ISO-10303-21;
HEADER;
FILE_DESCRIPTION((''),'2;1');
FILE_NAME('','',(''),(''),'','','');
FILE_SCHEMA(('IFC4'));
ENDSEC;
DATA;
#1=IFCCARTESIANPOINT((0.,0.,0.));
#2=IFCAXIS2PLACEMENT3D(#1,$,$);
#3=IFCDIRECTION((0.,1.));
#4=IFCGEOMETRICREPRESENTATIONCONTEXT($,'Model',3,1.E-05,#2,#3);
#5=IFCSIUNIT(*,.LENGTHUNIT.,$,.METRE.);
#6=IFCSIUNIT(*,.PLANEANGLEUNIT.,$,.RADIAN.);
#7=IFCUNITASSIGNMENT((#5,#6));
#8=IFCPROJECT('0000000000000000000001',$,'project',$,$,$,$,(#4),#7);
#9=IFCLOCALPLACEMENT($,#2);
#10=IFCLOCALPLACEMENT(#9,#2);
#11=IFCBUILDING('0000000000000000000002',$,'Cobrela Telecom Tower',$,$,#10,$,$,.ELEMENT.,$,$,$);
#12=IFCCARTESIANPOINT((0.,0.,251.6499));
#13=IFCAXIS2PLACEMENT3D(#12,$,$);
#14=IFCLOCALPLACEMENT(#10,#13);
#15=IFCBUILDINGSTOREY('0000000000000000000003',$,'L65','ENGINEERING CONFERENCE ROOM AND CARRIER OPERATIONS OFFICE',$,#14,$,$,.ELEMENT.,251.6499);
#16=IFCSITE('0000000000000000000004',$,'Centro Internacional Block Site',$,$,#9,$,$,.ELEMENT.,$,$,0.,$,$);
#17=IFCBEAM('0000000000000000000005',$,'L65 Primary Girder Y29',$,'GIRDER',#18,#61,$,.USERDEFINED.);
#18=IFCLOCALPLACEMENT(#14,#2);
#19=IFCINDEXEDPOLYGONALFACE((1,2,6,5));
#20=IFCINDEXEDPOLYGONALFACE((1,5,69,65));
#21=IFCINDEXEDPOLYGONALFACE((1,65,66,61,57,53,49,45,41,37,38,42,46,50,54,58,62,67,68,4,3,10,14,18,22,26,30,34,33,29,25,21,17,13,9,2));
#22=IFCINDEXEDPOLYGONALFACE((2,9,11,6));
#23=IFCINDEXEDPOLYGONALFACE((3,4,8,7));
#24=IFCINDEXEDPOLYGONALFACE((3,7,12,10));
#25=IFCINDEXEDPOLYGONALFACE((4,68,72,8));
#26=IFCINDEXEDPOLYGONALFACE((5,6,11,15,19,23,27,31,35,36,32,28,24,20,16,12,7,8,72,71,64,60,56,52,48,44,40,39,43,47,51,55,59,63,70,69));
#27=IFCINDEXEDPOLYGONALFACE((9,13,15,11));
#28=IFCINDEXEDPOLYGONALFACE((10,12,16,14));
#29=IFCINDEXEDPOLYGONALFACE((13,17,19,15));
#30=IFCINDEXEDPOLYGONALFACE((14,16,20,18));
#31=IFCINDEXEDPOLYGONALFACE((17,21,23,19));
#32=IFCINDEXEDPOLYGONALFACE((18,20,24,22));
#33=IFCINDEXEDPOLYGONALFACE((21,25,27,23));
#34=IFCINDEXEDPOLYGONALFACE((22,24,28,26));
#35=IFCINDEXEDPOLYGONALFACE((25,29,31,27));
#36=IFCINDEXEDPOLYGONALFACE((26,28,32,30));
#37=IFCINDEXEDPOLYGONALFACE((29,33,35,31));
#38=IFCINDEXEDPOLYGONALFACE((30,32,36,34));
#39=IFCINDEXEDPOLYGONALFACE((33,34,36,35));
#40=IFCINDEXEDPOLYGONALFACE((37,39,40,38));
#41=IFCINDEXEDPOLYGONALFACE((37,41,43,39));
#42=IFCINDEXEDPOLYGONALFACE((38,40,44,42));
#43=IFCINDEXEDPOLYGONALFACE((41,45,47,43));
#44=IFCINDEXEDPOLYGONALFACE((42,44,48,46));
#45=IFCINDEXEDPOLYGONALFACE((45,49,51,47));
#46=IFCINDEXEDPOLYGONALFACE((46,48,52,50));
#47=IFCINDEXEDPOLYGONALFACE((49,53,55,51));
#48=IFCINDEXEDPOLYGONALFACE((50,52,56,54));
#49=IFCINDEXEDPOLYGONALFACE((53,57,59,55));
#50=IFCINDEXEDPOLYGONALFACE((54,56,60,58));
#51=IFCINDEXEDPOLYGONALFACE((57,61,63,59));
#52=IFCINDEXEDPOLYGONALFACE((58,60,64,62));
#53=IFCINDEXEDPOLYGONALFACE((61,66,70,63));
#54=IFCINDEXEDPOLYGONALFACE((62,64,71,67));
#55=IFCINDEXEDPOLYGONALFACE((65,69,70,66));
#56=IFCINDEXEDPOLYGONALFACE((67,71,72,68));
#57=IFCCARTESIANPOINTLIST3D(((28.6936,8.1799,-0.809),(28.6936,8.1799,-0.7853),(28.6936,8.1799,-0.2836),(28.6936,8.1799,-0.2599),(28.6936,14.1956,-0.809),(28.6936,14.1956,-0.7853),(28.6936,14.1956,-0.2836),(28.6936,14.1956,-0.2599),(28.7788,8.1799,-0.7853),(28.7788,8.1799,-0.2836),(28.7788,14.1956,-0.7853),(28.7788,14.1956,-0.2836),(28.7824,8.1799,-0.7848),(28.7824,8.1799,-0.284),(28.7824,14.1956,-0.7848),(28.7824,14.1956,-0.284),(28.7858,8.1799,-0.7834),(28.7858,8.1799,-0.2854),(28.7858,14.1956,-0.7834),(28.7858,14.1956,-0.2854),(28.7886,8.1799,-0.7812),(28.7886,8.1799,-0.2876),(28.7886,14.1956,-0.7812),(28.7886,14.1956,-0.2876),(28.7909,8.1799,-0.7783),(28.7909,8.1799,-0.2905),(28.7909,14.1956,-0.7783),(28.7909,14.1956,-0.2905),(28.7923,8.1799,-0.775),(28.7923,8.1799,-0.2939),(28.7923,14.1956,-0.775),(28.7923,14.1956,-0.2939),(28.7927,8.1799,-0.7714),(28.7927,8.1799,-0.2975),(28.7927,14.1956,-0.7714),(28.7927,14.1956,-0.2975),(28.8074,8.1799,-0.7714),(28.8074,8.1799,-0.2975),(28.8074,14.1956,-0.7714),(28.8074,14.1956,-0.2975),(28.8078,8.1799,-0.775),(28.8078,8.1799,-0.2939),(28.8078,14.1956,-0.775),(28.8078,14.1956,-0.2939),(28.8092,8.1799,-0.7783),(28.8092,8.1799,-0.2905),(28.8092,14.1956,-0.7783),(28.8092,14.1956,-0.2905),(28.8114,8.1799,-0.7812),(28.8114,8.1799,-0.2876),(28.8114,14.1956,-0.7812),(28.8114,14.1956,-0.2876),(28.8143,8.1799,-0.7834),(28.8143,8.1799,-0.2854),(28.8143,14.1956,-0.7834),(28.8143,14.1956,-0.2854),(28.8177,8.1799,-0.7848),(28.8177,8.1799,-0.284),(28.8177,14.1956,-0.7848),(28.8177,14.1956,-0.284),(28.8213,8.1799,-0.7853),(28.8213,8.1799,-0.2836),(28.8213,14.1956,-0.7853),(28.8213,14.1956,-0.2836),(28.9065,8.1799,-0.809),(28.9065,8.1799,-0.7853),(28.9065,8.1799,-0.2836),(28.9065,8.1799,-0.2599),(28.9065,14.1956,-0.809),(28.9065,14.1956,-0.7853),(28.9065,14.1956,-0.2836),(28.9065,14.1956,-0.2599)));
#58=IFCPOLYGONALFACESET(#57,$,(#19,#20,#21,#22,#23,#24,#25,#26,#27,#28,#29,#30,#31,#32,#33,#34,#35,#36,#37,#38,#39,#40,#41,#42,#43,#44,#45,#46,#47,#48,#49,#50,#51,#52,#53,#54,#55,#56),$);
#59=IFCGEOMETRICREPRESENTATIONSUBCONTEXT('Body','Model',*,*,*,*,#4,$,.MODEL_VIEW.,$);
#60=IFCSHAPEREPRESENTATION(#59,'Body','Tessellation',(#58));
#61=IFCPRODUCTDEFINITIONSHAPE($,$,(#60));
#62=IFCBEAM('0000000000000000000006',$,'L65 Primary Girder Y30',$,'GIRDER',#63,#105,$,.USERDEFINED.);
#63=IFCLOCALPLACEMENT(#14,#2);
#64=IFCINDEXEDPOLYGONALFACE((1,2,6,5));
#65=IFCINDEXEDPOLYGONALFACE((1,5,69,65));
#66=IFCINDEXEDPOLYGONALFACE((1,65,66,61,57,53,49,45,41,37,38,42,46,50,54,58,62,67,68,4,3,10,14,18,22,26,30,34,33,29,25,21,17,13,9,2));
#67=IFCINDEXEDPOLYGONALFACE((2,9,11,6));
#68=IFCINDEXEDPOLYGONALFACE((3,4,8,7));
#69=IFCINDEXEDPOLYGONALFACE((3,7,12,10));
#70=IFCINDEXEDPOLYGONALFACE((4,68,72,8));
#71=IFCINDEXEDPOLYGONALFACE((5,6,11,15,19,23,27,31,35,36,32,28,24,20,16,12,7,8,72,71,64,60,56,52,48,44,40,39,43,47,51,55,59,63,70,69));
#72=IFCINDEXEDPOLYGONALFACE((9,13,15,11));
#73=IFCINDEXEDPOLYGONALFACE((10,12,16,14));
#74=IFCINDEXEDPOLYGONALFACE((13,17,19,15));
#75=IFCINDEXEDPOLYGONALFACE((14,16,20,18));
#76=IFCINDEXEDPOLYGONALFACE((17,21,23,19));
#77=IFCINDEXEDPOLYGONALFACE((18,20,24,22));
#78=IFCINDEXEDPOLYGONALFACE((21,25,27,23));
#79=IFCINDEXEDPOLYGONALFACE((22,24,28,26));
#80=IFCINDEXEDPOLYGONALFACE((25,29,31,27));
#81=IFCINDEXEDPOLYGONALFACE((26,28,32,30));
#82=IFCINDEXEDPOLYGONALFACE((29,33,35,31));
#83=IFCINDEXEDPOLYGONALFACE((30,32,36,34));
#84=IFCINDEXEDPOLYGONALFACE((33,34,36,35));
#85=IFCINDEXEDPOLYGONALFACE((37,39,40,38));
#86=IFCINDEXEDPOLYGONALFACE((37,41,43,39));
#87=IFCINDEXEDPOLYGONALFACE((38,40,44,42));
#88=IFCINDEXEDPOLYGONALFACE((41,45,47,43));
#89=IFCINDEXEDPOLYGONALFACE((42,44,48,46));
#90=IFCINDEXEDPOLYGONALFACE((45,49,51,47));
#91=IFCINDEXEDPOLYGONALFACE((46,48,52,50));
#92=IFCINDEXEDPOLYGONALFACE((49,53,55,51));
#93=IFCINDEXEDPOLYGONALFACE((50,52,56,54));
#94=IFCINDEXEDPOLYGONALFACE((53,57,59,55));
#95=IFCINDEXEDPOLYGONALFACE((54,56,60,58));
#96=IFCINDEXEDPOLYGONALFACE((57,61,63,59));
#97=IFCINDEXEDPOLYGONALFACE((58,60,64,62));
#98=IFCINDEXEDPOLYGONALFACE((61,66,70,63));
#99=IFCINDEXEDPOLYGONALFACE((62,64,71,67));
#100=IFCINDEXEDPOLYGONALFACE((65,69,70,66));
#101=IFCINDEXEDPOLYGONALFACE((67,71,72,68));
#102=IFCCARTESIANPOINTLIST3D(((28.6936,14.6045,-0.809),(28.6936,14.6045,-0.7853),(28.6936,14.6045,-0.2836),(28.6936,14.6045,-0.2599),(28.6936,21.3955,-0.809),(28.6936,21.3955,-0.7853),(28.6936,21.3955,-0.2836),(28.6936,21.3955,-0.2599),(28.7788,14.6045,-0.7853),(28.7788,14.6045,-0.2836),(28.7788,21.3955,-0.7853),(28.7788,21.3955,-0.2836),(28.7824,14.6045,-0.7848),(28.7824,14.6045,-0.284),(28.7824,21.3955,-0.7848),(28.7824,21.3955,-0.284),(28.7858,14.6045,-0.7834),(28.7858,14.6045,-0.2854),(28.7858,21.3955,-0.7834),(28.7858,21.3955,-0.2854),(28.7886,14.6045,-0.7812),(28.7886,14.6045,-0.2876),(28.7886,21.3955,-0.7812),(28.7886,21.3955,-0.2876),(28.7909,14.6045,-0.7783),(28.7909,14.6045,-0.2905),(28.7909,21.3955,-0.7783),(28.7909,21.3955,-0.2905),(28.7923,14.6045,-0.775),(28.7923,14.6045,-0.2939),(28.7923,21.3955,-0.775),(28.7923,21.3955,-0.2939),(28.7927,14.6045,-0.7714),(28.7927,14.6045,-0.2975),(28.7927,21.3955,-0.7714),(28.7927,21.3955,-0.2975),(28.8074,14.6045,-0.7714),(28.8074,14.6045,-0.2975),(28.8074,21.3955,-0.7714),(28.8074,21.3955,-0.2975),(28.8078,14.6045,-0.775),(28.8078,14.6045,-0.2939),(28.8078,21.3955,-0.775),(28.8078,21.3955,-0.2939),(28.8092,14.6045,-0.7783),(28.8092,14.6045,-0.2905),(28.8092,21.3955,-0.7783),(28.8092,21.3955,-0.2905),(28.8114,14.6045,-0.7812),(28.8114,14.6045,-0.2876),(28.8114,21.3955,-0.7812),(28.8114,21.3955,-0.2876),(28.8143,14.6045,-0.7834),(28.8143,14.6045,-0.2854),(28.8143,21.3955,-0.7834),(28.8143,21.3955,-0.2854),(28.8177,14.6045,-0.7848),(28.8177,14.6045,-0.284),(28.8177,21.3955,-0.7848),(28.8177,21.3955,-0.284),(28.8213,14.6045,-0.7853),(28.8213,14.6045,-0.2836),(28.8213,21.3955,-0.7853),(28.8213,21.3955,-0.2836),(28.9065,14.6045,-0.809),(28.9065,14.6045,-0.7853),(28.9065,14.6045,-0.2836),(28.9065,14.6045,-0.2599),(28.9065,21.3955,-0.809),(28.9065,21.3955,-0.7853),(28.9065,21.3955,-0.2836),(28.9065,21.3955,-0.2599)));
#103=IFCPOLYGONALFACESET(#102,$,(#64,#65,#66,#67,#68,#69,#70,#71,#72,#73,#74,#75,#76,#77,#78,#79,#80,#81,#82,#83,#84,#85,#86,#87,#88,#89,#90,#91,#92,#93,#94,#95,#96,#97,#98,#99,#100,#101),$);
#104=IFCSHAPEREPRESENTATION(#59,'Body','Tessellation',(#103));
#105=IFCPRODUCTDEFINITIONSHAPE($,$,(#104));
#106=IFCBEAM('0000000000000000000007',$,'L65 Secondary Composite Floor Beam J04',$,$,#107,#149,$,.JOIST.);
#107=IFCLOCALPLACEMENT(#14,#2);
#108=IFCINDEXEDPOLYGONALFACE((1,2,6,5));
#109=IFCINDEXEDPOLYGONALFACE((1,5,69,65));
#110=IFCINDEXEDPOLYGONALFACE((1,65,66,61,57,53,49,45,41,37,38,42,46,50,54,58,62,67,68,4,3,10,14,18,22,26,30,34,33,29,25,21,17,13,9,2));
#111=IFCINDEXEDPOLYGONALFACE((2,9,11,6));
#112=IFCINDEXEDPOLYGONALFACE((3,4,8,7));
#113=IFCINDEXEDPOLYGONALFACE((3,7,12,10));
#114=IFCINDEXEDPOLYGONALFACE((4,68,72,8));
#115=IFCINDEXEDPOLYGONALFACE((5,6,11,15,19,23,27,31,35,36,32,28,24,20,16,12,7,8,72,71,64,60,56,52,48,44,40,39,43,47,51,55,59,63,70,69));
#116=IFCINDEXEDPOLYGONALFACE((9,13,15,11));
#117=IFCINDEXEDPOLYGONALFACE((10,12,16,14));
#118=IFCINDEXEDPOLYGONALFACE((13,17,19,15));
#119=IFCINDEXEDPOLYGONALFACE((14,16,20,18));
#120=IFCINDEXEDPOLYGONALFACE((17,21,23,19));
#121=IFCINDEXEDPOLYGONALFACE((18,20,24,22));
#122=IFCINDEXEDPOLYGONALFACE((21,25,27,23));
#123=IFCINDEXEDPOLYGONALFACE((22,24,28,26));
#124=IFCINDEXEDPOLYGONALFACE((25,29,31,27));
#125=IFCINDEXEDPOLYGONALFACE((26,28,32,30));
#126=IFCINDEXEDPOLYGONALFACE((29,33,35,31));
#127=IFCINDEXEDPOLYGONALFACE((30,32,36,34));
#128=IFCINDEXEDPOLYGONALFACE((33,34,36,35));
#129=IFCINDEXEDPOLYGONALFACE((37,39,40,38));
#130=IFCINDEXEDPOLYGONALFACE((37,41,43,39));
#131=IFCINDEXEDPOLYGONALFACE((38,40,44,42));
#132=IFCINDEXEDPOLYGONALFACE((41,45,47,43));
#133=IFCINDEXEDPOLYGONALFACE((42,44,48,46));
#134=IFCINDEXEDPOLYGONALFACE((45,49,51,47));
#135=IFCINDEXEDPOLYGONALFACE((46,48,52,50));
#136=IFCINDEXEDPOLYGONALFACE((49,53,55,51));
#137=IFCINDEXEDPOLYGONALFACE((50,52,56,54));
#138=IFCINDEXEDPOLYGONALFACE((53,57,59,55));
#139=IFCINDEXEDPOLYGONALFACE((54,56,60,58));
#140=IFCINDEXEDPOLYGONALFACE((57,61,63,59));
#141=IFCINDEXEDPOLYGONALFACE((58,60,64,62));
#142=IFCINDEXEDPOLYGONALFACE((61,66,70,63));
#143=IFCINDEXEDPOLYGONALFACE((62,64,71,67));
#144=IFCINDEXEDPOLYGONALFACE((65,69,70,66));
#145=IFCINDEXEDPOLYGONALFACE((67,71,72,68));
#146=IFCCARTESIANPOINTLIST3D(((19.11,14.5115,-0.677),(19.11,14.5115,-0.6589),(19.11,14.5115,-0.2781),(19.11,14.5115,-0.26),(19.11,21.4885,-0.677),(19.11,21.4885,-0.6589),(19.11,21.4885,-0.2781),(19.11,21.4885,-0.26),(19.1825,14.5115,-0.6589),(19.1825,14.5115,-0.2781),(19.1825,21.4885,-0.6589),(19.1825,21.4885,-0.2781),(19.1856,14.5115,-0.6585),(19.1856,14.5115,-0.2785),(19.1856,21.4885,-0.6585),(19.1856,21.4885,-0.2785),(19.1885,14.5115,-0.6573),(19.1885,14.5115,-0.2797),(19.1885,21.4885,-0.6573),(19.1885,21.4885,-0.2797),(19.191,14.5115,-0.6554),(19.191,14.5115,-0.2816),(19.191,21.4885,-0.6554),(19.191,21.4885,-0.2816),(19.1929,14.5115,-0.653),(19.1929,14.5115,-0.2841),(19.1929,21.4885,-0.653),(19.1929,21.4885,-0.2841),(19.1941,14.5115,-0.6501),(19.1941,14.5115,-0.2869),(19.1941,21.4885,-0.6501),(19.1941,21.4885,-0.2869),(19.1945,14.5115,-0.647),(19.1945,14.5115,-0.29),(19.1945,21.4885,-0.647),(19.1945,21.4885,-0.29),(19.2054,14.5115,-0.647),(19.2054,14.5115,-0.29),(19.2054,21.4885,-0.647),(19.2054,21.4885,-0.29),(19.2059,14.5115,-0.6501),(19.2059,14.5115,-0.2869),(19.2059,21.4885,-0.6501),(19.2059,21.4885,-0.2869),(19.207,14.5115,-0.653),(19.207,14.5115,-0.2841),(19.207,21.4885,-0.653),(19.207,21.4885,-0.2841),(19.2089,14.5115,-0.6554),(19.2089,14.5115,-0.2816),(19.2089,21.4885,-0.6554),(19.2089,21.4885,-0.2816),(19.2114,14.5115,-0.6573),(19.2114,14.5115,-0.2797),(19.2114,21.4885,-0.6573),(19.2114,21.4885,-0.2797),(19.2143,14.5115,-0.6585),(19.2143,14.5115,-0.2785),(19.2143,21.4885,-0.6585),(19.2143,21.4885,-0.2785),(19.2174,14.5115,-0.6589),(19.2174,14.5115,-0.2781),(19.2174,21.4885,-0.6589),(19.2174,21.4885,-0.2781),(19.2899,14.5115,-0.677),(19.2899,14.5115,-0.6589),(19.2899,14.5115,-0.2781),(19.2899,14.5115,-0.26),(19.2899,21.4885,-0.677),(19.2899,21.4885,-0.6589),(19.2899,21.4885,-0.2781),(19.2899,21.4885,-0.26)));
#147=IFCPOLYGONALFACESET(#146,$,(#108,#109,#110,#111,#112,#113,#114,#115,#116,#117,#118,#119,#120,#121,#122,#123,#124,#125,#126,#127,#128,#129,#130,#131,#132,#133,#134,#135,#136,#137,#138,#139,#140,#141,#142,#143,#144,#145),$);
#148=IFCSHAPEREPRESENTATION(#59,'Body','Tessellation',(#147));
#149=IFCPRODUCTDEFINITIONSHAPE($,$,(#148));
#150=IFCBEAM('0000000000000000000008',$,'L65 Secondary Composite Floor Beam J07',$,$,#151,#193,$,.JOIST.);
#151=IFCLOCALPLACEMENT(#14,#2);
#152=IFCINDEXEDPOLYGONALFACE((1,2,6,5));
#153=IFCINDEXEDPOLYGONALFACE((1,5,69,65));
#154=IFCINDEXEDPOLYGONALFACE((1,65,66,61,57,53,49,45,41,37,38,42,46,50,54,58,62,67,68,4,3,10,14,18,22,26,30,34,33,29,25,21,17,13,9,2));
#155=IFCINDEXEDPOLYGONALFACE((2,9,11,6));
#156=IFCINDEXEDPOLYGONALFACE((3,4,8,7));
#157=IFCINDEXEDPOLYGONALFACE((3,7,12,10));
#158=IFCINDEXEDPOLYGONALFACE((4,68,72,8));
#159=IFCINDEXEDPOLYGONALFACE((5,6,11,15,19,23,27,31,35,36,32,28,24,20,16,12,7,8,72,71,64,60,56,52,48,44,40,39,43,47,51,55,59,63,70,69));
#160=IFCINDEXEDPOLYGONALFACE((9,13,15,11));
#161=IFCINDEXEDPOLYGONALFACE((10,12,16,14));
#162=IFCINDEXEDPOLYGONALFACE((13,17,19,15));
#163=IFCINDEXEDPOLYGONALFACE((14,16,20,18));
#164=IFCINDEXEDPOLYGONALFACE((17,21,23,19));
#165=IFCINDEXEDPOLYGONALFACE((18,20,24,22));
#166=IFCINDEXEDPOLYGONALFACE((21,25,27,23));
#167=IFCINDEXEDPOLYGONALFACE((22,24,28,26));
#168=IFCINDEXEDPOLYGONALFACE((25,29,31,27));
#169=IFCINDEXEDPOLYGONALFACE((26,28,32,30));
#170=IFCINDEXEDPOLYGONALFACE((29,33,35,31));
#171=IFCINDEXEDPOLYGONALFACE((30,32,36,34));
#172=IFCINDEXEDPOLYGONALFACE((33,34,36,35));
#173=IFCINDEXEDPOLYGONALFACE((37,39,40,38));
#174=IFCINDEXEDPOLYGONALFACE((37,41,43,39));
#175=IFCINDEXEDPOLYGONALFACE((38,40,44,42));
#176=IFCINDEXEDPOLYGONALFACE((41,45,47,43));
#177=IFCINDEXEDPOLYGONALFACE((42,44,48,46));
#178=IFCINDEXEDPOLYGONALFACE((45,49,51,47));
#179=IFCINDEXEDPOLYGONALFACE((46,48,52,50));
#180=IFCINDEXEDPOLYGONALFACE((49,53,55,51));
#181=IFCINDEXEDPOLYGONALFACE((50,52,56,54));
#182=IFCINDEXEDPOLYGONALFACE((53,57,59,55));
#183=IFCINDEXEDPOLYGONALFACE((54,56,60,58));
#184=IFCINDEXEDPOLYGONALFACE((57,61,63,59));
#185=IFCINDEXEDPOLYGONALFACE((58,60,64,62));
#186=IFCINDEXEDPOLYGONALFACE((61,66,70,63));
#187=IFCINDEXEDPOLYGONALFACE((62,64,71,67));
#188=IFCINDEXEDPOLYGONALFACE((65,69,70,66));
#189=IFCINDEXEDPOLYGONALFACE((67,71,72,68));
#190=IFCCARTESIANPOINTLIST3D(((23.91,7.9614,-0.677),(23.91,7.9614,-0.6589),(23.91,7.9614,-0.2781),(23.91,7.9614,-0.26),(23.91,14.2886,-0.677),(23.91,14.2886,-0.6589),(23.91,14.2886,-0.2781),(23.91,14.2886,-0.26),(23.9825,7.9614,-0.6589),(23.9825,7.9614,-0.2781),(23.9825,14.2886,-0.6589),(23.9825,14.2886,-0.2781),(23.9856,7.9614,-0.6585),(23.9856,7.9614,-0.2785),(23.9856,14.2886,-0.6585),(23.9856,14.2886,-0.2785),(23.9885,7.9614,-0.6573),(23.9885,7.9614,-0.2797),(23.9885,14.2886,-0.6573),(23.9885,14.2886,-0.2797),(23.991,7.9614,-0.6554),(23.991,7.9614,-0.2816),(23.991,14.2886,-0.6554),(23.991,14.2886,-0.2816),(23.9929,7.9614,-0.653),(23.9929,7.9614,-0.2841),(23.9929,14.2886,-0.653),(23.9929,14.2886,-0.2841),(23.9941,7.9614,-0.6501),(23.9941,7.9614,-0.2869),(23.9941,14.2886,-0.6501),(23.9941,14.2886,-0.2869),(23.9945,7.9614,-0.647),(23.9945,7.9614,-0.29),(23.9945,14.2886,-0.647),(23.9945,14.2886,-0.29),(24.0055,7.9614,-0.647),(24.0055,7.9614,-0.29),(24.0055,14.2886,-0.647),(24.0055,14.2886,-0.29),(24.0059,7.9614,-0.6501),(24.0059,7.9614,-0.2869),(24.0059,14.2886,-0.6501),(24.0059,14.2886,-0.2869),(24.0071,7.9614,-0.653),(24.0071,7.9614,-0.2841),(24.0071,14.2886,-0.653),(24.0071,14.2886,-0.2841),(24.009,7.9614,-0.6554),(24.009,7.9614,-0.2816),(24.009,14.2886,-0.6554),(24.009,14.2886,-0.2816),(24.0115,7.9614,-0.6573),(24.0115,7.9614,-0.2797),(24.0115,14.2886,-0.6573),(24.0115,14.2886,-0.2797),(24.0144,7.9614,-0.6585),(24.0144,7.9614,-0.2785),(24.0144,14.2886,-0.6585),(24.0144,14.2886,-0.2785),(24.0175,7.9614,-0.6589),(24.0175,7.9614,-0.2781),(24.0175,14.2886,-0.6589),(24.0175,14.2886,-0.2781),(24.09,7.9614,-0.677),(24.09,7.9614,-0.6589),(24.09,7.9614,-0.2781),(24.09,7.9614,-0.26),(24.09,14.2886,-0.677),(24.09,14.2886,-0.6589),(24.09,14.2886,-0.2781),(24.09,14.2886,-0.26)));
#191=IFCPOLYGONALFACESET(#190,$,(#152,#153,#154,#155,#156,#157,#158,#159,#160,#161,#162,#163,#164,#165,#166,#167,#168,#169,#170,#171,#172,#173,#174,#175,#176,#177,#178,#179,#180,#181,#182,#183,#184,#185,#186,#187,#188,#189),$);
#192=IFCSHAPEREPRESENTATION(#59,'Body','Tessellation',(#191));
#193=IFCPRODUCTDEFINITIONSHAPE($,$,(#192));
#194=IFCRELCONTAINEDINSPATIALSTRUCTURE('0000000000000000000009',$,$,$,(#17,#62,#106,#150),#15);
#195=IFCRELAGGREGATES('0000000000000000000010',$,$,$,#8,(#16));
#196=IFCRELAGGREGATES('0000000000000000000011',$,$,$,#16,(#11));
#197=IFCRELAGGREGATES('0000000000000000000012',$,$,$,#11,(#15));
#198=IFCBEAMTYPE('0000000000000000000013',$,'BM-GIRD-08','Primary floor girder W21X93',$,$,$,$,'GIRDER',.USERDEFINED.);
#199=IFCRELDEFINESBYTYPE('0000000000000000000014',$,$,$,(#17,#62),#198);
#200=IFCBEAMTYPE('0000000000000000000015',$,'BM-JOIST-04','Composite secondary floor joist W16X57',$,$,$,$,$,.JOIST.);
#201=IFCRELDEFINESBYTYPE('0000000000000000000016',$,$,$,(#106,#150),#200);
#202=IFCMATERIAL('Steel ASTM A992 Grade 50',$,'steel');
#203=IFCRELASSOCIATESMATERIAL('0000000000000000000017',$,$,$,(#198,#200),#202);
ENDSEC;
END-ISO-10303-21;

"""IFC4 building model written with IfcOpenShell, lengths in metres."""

from ifc_helpers import new_model, si_unit, direction, frame, origin, origin_2d, place, context, subcontext, project, spatial, i_section, extrude, material, material_profile, profile_set, type_object, element, save


model = new_model("IFC4")

# Units and contexts
model_context = context("Model", 3, precision=1e-05, world=origin(), true_north=direction((0.0, 1.0)))
body_context = subcontext(model_context, "Body", "Model", "MODEL_VIEW")
ifc_project = project(units=[si_unit("LENGTHUNIT", "METRE"), si_unit("PLANEANGLEUNIT", "RADIAN")], contexts=[model_context])

# Site, building, storey
site_placement = place(None, origin())
site = spatial("IfcSite", under=ifc_project, at=site_placement, Name="Centro Internacional Block Site", CompositionType="ELEMENT", RefElevation=0.0)
building_placement = place(site_placement, origin())
building = spatial("IfcBuilding", under=site, at=building_placement, Name="Cobrela Telecom Tower", CompositionType="ELEMENT")
storey_placement = place(building_placement, frame((0.0, 0.0, 251.6499)))
storey = spatial("IfcBuildingStorey", under=building, at=storey_placement, Name="L65", Description="ENGINEERING CONFERENCE ROOM AND CARRIER OPERATIONS OFFICE", CompositionType="ELEMENT", Elevation=251.6499)

# Shared definitions
ifc_material_1 = material(Name="Steel ASTM A992 Grade 50", Category="steel")

# Beams
ifc_material_profile_1 = material_profile(ifc_material_1, i_section(OverallWidth=0.2129, OverallDepth=0.5491, WebThickness=0.0146, FlangeThickness=0.0237, FilletRadius=0.0139, at=origin_2d()), Name="W21X93")
ifc_profile_set_1 = profile_set([ifc_material_profile_1], Name="Steel ASTM A992 Grade 50")
beam_type_1 = type_object("IfcBeamType", Name="BM-GIRD-08", Description="Primary floor girder W21X93", ElementType="GIRDER", PredefinedType="USERDEFINED", material=ifc_profile_set_1)
beam_1_placement = place(storey_placement, frame((28.8, 8.1799, -0.5344), z_axis=(0.0, 1.0, 0.0), x_axis=(-1.0, 0.0, 0.0)))
element("IfcBeam", 1, at=beam_1_placement, inside=storey, type_object=beam_type_1, Name="L65 Primary Girder Y29", ObjectType="GIRDER", PredefinedType="USERDEFINED", context=body_context, shape_type="SweptSolid", body=[
    extrude(i_section(OverallWidth=0.2129, OverallDepth=0.5491, WebThickness=0.0146, FlangeThickness=0.0237, FilletRadius=0.0139, at=origin_2d()), origin(), (0.0, 0.0, 1.0), 6.0156),
])
beam_2_placement = place(storey_placement, frame((28.8, 14.6045, -0.5344), z_axis=(0.0, 1.0, 0.0), x_axis=(-1.0, 0.0, 0.0)))
element("IfcBeam", 2, at=beam_2_placement, inside=storey, type_object=beam_type_1, Name="L65 Primary Girder Y30", ObjectType="GIRDER", PredefinedType="USERDEFINED", context=body_context, shape_type="SweptSolid", body=[
    extrude(i_section(OverallWidth=0.2129, OverallDepth=0.5491, WebThickness=0.0146, FlangeThickness=0.0237, FilletRadius=0.0139, at=origin_2d()), origin(), (0.0, 0.0, 1.0), 6.791),
])
ifc_material_profile_2 = material_profile(ifc_material_1, i_section(OverallWidth=0.1799, OverallDepth=0.417, WebThickness=0.011, FlangeThickness=0.0181, FilletRadius=0.012, at=origin_2d()), Name="W16X57")
ifc_profile_set_2 = profile_set([ifc_material_profile_2], Name="Steel ASTM A992 Grade 50")
beam_type_2 = type_object("IfcBeamType", Name="BM-JOIST-04", Description="Composite secondary floor joist W16X57", PredefinedType="JOIST", material=ifc_profile_set_2)
beam_3_placement = place(storey_placement, frame((19.2, 14.5115, -0.4685), z_axis=(0.0, 1.0, 0.0), x_axis=(-1.0, 0.0, 0.0)))
element("IfcBeam", 3, at=beam_3_placement, inside=storey, type_object=beam_type_2, Name="L65 Secondary Composite Floor Beam J04", PredefinedType="JOIST", context=body_context, shape_type="SweptSolid", body=[
    extrude(i_section(OverallWidth=0.1799, OverallDepth=0.417, WebThickness=0.011, FlangeThickness=0.0181, FilletRadius=0.012, at=origin_2d()), origin(), (0.0, 0.0, 1.0), 6.9771),
])
beam_4_placement = place(storey_placement, frame((24.0, 7.9614, -0.4685), z_axis=(0.0, 1.0, 0.0), x_axis=(-1.0, 0.0, 0.0)))
element("IfcBeam", 4, at=beam_4_placement, inside=storey, type_object=beam_type_2, Name="L65 Secondary Composite Floor Beam J07", PredefinedType="JOIST", context=body_context, shape_type="SweptSolid", body=[
    extrude(i_section(OverallWidth=0.1799, OverallDepth=0.417, WebThickness=0.011, FlangeThickness=0.0181, FilletRadius=0.012, at=origin_2d()), origin(), (0.0, 0.0, 1.0), 6.3271),
])

save(model, "model.ifc")
